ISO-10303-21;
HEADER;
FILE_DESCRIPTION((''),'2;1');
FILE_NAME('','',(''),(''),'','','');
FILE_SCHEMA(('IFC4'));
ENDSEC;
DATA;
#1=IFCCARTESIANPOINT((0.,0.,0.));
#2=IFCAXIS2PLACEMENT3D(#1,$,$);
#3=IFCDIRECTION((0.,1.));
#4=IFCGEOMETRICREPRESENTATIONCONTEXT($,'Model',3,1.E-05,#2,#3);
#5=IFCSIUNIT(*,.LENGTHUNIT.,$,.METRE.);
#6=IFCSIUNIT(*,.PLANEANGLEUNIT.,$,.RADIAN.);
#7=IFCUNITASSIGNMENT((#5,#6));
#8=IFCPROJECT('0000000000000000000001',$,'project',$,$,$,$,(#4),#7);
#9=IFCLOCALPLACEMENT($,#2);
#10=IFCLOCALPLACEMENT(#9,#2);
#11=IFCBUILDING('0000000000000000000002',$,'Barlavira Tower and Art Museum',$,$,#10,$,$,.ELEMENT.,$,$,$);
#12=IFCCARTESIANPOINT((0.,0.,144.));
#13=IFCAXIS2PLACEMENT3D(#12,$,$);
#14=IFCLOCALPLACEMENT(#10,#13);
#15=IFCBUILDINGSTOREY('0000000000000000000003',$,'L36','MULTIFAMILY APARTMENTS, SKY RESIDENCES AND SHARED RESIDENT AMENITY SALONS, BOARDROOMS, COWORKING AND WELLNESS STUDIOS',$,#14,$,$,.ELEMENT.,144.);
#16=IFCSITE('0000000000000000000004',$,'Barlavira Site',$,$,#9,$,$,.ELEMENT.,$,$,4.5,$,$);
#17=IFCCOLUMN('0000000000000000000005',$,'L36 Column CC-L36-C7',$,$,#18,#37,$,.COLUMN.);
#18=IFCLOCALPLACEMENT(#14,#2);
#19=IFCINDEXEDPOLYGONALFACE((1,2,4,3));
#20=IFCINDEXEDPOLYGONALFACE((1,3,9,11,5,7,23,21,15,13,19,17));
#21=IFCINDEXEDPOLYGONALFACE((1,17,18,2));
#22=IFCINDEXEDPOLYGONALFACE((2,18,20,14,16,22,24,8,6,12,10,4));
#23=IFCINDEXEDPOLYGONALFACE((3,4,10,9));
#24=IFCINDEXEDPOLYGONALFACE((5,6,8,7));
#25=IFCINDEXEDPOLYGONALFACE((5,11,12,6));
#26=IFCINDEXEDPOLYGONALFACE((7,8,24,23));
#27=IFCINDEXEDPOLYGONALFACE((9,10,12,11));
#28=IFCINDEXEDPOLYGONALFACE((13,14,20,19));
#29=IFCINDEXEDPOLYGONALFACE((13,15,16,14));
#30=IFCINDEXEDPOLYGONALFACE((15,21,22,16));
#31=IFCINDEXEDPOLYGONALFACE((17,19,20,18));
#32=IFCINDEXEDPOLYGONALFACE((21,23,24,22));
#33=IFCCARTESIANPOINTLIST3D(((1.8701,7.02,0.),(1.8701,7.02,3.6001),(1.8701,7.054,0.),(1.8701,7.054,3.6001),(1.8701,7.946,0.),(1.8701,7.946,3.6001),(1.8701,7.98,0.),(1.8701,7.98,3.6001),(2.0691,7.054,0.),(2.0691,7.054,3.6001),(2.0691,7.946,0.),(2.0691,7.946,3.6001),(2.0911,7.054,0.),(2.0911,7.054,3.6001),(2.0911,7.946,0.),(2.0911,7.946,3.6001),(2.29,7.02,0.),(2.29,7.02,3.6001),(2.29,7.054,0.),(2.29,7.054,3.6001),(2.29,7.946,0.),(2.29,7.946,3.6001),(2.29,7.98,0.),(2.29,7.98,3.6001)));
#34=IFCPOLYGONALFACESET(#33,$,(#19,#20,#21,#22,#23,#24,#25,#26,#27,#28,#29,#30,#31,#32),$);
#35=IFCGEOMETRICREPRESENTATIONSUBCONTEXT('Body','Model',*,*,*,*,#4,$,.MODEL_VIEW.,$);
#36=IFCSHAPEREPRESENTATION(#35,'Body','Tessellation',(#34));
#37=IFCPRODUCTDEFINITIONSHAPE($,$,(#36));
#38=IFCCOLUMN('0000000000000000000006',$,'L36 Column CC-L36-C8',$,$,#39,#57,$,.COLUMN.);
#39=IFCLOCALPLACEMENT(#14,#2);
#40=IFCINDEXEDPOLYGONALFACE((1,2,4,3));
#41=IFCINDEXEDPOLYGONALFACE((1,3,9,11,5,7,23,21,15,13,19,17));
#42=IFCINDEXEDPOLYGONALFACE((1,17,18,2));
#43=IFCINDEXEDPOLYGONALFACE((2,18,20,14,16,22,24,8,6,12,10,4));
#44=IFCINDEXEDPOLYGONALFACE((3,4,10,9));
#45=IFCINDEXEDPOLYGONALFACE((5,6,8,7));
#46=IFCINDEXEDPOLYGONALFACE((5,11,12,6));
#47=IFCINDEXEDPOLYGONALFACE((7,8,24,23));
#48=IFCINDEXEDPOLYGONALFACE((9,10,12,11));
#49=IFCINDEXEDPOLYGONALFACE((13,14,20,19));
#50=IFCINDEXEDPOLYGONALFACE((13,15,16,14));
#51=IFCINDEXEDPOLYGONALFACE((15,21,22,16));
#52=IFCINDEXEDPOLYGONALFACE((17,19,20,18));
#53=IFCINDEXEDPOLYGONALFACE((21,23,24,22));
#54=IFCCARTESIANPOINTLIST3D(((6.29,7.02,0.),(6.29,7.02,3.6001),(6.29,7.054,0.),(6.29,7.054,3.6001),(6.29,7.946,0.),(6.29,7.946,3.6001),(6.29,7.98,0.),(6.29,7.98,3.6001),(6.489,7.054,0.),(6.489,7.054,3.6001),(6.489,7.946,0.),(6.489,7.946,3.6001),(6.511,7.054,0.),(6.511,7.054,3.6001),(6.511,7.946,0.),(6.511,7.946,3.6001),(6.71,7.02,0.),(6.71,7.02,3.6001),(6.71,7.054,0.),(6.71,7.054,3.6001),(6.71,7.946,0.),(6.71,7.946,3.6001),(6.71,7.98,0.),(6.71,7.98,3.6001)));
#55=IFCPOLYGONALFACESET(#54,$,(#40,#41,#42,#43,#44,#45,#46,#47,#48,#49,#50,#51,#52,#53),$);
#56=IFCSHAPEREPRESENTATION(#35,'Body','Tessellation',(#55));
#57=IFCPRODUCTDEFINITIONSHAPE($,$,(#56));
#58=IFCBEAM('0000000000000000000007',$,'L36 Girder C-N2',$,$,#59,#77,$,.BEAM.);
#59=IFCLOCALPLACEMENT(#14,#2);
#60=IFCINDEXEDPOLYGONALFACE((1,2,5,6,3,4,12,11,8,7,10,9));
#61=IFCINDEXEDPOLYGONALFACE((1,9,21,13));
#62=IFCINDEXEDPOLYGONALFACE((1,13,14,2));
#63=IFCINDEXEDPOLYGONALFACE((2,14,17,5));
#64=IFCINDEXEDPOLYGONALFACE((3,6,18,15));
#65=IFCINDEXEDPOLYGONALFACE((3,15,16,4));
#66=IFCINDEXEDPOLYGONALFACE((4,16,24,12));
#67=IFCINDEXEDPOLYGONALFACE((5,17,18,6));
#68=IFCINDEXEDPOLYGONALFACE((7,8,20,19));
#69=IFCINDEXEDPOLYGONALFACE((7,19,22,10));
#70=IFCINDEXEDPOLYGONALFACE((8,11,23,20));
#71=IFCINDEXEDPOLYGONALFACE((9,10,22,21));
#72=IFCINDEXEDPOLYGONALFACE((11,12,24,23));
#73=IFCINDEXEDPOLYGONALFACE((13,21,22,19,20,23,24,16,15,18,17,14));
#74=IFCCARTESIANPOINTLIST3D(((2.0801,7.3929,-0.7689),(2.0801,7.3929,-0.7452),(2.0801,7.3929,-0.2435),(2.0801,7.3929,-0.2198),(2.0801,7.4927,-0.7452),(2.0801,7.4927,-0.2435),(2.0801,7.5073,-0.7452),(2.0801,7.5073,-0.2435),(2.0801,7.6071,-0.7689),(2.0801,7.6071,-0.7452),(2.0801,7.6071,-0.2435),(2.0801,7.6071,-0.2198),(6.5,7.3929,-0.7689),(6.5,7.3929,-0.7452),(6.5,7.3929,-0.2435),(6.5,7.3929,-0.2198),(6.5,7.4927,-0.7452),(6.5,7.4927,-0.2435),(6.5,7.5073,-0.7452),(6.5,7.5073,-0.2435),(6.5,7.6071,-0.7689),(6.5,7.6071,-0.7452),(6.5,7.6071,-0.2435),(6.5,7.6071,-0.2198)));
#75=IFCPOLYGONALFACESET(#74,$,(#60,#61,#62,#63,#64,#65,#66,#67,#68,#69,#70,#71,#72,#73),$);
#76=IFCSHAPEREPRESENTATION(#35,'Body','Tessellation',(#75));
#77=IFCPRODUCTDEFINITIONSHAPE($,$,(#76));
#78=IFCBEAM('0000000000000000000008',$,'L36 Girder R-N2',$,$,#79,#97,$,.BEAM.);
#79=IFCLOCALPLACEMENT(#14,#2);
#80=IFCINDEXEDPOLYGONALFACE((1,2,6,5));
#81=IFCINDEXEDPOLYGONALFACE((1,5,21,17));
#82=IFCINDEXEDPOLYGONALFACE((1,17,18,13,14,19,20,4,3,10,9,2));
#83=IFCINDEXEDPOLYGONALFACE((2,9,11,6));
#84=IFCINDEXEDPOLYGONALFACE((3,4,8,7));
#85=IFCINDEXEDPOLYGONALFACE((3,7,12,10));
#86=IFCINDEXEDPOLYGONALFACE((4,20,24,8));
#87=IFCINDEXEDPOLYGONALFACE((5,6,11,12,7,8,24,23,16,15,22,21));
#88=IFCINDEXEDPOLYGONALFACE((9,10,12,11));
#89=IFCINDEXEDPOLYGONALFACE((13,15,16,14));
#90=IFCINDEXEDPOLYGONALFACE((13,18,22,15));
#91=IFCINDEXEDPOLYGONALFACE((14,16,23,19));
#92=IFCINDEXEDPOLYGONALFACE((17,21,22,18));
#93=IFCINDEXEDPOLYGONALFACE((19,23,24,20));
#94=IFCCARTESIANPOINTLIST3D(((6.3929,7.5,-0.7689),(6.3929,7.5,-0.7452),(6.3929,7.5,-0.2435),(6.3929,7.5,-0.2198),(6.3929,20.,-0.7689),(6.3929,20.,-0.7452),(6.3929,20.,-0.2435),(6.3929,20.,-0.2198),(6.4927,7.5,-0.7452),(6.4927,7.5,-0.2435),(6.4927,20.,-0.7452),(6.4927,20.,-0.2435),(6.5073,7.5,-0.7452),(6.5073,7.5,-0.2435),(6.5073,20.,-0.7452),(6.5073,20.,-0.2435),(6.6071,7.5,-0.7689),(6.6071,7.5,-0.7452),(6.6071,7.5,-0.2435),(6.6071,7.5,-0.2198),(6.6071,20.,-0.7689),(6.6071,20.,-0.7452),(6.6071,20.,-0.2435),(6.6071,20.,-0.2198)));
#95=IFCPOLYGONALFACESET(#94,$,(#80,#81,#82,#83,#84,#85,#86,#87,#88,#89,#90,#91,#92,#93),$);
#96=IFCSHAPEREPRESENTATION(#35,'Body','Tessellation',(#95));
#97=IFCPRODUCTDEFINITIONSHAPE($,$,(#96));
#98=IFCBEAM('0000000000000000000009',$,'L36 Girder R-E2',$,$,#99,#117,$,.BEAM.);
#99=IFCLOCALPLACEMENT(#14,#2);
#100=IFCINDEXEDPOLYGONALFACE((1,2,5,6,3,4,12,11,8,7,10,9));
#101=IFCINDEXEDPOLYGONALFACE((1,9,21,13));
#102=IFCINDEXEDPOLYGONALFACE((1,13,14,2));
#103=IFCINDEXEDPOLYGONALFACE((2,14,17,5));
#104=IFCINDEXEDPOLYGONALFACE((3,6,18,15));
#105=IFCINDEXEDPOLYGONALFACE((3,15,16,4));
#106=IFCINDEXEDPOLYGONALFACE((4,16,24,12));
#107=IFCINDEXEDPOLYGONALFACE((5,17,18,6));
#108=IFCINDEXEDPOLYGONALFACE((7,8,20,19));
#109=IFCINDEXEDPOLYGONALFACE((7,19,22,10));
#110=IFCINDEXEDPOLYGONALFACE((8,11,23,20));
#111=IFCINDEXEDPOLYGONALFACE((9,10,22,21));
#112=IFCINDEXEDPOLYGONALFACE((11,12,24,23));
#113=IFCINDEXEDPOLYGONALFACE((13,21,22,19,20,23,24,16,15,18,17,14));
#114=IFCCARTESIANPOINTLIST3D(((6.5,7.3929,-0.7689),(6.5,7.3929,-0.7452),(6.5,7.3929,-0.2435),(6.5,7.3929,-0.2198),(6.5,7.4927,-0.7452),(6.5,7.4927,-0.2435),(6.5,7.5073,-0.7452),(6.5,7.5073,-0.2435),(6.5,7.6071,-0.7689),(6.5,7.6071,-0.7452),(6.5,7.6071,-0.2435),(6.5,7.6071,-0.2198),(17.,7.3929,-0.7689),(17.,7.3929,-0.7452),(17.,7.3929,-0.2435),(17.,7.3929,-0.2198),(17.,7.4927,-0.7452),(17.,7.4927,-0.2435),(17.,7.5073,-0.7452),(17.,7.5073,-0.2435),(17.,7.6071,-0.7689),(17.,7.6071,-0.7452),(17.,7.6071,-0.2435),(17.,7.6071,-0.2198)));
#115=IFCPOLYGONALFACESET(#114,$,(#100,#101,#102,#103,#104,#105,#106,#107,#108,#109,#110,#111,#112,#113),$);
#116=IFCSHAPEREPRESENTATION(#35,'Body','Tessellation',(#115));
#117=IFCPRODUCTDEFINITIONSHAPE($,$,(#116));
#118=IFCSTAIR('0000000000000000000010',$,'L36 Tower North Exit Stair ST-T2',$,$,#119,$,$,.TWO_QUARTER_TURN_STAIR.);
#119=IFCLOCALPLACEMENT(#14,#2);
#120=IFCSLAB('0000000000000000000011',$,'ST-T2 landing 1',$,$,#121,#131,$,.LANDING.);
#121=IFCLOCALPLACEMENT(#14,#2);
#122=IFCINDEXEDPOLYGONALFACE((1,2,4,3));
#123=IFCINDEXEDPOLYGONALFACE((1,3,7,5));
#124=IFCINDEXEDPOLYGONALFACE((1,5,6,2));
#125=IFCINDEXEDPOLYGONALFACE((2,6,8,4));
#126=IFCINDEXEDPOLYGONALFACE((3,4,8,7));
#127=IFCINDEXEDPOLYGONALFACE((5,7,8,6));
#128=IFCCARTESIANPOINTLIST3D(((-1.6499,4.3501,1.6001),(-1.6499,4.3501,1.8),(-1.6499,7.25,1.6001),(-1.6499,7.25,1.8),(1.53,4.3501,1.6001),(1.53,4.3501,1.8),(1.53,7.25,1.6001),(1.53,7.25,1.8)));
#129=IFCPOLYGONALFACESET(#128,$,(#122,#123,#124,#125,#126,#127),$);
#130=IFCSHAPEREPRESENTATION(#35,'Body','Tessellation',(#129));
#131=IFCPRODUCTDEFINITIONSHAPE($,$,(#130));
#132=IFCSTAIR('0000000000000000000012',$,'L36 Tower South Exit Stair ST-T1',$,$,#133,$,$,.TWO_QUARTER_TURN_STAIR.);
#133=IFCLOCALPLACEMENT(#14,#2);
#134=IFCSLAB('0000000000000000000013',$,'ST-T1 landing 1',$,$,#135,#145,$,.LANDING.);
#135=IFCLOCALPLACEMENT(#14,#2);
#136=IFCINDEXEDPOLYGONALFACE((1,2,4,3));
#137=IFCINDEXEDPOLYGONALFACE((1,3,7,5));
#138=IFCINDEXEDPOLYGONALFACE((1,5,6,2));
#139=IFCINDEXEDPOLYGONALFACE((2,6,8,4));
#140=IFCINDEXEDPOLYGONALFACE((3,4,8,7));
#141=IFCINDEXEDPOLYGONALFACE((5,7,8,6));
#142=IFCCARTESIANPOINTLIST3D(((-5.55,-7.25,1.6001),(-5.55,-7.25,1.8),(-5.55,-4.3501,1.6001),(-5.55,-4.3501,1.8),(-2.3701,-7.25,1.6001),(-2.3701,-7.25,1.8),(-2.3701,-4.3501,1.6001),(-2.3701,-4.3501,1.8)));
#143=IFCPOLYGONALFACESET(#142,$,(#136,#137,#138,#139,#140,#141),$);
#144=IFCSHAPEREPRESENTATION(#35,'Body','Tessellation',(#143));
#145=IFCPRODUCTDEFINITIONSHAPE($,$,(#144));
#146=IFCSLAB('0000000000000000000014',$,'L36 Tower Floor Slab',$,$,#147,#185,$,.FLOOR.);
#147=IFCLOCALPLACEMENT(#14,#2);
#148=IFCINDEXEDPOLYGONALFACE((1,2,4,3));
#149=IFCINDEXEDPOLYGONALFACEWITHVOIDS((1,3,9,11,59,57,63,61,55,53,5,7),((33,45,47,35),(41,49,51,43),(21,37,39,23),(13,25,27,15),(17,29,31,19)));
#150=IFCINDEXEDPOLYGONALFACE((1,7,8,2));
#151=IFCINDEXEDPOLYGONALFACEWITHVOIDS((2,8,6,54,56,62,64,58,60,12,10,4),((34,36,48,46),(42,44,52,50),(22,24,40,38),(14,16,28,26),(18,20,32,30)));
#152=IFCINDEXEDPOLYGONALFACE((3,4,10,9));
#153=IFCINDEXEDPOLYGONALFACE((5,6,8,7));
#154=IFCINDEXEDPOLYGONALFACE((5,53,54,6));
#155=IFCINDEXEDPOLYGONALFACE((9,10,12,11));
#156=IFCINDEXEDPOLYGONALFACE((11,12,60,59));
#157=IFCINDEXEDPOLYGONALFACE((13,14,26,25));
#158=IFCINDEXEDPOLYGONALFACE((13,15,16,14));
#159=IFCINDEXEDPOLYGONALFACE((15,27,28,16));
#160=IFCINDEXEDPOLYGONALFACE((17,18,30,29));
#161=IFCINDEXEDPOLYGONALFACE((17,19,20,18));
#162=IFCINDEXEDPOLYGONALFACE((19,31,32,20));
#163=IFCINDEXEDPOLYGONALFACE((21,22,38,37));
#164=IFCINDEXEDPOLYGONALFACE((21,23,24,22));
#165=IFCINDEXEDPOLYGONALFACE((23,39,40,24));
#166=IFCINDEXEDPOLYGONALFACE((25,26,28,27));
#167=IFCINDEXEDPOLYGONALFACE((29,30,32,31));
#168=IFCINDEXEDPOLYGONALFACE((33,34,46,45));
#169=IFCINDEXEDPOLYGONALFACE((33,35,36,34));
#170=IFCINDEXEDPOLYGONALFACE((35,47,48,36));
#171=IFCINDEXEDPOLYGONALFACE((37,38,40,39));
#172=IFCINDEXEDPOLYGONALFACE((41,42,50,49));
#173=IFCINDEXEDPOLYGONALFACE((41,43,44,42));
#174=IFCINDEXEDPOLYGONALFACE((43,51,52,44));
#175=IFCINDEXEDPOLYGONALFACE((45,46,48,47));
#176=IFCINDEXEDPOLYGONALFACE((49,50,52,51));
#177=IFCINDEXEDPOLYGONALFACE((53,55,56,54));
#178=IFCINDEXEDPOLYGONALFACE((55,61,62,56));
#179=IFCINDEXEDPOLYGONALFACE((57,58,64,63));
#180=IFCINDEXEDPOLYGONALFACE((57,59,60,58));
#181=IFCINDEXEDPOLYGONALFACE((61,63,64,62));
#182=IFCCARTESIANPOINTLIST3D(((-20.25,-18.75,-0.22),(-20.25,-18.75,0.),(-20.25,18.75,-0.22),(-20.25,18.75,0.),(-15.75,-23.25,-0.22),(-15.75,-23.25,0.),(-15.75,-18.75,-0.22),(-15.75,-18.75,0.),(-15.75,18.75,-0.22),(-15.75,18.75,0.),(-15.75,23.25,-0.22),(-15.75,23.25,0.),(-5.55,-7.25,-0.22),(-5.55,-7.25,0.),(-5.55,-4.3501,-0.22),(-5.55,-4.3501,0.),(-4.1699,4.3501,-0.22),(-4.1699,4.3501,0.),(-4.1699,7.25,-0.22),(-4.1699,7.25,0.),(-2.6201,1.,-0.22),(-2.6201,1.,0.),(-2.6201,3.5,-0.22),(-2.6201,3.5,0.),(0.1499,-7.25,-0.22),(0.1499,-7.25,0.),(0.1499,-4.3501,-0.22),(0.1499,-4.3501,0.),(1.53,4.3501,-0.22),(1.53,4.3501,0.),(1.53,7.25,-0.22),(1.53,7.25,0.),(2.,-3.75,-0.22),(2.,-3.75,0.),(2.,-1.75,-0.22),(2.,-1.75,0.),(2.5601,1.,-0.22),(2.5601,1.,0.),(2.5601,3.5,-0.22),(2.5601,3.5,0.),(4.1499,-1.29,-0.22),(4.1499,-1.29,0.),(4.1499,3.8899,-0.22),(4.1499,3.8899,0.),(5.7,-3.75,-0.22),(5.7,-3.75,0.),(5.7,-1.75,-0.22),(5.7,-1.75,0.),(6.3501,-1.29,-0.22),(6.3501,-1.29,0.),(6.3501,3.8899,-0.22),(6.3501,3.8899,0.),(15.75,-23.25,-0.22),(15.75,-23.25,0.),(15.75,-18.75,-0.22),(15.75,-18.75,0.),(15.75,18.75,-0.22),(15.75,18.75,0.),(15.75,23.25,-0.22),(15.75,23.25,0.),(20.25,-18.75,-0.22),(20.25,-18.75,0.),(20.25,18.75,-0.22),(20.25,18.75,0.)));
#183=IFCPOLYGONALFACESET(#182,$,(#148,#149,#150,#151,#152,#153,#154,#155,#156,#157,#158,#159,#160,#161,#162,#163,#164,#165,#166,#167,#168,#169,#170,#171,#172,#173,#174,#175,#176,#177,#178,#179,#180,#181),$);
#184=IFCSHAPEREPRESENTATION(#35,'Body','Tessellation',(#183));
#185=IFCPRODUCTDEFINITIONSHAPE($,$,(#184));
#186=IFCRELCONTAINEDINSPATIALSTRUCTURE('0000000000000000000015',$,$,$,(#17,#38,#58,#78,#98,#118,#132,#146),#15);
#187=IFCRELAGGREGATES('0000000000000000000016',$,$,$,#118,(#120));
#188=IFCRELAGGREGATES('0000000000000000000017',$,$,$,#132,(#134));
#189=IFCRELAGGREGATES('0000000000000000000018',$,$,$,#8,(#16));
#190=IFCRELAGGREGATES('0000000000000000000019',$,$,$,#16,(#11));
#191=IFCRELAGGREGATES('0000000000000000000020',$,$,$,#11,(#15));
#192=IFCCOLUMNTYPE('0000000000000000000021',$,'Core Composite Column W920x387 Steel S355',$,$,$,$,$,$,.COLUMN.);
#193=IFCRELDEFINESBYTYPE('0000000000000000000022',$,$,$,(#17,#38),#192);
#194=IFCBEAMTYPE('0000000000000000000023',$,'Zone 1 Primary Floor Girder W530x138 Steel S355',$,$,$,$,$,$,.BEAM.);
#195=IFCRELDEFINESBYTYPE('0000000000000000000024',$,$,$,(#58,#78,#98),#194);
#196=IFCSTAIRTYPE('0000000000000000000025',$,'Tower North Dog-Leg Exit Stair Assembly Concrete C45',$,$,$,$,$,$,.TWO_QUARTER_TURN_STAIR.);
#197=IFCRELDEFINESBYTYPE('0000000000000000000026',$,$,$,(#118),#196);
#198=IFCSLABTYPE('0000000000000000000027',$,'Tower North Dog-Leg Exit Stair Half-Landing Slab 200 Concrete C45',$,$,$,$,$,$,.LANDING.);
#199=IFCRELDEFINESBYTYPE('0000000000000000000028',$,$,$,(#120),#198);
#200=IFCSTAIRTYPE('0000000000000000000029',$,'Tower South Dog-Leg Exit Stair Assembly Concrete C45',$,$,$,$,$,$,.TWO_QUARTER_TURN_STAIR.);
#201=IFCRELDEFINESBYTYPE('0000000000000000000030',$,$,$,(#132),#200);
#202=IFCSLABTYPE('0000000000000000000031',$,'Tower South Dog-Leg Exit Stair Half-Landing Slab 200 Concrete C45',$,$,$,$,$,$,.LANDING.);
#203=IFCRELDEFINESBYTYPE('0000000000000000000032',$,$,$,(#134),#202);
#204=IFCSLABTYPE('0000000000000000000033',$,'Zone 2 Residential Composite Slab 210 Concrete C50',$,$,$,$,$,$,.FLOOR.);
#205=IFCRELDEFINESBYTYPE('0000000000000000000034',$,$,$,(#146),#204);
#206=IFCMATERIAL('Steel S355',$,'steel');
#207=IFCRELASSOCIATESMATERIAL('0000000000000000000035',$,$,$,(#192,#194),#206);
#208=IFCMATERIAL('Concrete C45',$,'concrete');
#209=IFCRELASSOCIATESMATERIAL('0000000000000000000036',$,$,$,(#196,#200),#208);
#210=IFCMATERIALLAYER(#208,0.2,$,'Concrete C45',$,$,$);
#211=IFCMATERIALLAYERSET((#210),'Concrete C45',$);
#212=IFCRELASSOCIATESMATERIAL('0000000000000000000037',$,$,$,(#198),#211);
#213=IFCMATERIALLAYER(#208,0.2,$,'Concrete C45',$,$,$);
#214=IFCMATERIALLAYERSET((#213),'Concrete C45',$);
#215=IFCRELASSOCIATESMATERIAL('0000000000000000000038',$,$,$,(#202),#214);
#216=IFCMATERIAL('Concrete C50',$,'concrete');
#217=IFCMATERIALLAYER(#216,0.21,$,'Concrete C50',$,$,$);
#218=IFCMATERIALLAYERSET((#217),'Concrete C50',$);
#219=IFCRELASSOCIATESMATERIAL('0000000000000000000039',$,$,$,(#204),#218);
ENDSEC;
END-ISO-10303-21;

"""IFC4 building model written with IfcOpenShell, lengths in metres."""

from ifc_helpers import new_model, si_unit, direction, frame, origin, origin_2d, place, context, subcontext, project, spatial, polyline, i_section, outline, extrude, material, layer, layer_set, material_profile, profile_set, type_object, element, aggregate, save


model = new_model("IFC4")

# Units and contexts
model_context = context("Model", 3, precision=1e-05, world=origin(), true_north=direction((0.0, 1.0)))
body_context = subcontext(model_context, "Body", "Model", "MODEL_VIEW")
ifc_project = project(units=[si_unit("LENGTHUNIT", "METRE"), si_unit("PLANEANGLEUNIT", "RADIAN")], contexts=[model_context])

# Site, building, storey
site_placement = place(None, origin())
site = spatial("IfcSite", under=ifc_project, at=site_placement, Name="Barlavira Site", CompositionType="ELEMENT", RefElevation=4.5)
building_placement = place(site_placement, origin())
building = spatial("IfcBuilding", under=site, at=building_placement, Name="Barlavira Tower and Art Museum", CompositionType="ELEMENT")
storey_placement = place(building_placement, frame((0.0, 0.0, 144.0)))
storey = spatial("IfcBuildingStorey", under=building, at=storey_placement, Name="L36", Description="MULTIFAMILY APARTMENTS, SKY RESIDENCES AND SHARED RESIDENT AMENITY SALONS, BOARDROOMS, COWORKING AND WELLNESS STUDIOS", CompositionType="ELEMENT", Elevation=144.0)

# Columns
ifc_material_1 = material(Name="Steel S355", Category="steel")
ifc_material_profile_1 = material_profile(ifc_material_1, i_section(OverallWidth=0.4199, OverallDepth=0.96, WebThickness=0.022, FlangeThickness=0.0339, at=origin_2d()), Name="W920x387.0")
ifc_profile_set_1 = profile_set([ifc_material_profile_1], Name="Steel S355")
column_type = type_object("IfcColumnType", Name="Core Composite Column W920x387 Steel S355", PredefinedType="COLUMN", material=ifc_profile_set_1)
for number, where, z_axis, x_axis, name in (
    (1, (2.0801, 7.5, 0.0), (0.0, 0.0, 1.0), (1.0, 0.0, 0.0), "L36 Column CC-L36-C7"),
    (2, (6.5, 7.5, 0.0), (0.0, 0.0, 1.0), (1.0, 0.0, 0.0), "L36 Column CC-L36-C8"),
):
    element("IfcColumn", number, at=place(storey_placement, frame(where, z_axis=z_axis, x_axis=x_axis)), inside=storey, type_object=column_type, Name=name, PredefinedType="COLUMN", context=body_context, shape_type="SweptSolid", body=[
        extrude(i_section(OverallWidth=0.4199, OverallDepth=0.96, WebThickness=0.022, FlangeThickness=0.0339, at=origin_2d()), origin(), (0.0, 0.0, 1.0), 3.6001),
    ])

# Beams
ifc_material_profile_2 = material_profile(ifc_material_1, i_section(OverallWidth=0.2141, OverallDepth=0.5491, WebThickness=0.0146, FlangeThickness=0.0237, at=origin_2d()), Name="W530x138.0")
ifc_profile_set_2 = profile_set([ifc_material_profile_2], Name="Steel S355")
beam_type = type_object("IfcBeamType", Name="Zone 1 Primary Floor Girder W530x138 Steel S355", PredefinedType="BEAM", material=ifc_profile_set_2)
beam_1_placement = place(storey_placement, frame((2.0801, 7.5, -0.4944), z_axis=(1.0, 0.0, 0.0), x_axis=(0.0, 1.0, 0.0)))
element("IfcBeam", 3, at=beam_1_placement, inside=storey, type_object=beam_type, Name="L36 Girder C-N2", PredefinedType="BEAM", context=body_context, shape_type="SweptSolid", body=[
    extrude(i_section(OverallWidth=0.2141, OverallDepth=0.5491, WebThickness=0.0146, FlangeThickness=0.0237, at=origin_2d()), origin(), (0.0, 0.0, 1.0), 4.4199),
])
beam_2_placement = place(storey_placement, frame((6.5, 7.5, -0.4944), z_axis=(0.0, 1.0, 0.0), x_axis=(-1.0, 0.0, 0.0)))
element("IfcBeam", 4, at=beam_2_placement, inside=storey, type_object=beam_type, Name="L36 Girder R-N2", PredefinedType="BEAM", context=body_context, shape_type="SweptSolid", body=[
    extrude(i_section(OverallWidth=0.2141, OverallDepth=0.5491, WebThickness=0.0146, FlangeThickness=0.0237, at=origin_2d()), origin(), (0.0, 0.0, 1.0), 12.5),
])
beam_3_placement = place(storey_placement, frame((6.5, 7.5, -0.4944), z_axis=(1.0, 0.0, 0.0), x_axis=(0.0, 1.0, 0.0)))
element("IfcBeam", 5, at=beam_3_placement, inside=storey, type_object=beam_type, Name="L36 Girder R-E2", PredefinedType="BEAM", context=body_context, shape_type="SweptSolid", body=[
    extrude(i_section(OverallWidth=0.2141, OverallDepth=0.5491, WebThickness=0.0146, FlangeThickness=0.0237, at=origin_2d()), origin(), (0.0, 0.0, 1.0), 10.5),
])

# Stairs, slabs
ifc_material_2 = material(Name="Concrete C45", Category="concrete")
stair_type_1 = type_object("IfcStairType", Name="Tower North Dog-Leg Exit Stair Assembly Concrete C45", PredefinedType="TWO_QUARTER_TURN_STAIR", material=ifc_material_2)
stair_1_placement = place(storey_placement, origin())
stair_1 = element("IfcStair", 6, at=stair_1_placement, inside=storey, type_object=stair_type_1, Name="L36 Tower North Exit Stair ST-T2", PredefinedType="TWO_QUARTER_TURN_STAIR")
ifc_layer_1 = layer(ifc_material_2, 0.2, Name="Concrete C45")
ifc_layer_set_1 = layer_set([ifc_layer_1], Name="Concrete C45")
slab_type_1 = type_object("IfcSlabType", Name="Tower North Dog-Leg Exit Stair Half-Landing Slab 200 Concrete C45", PredefinedType="LANDING", material=ifc_layer_set_1)
slab_1_placement = place(storey_placement, frame((0.0, 0.0, 1.6001)))
slab_1 = element("IfcSlab", 7, at=slab_1_placement, type_object=slab_type_1, Name="ST-T2 landing 1", PredefinedType="LANDING", context=body_context, shape_type="SweptSolid", body=[
    extrude(outline(polyline([(-1.6499, 4.3501), (1.53, 4.3501), (1.53, 7.25), (-1.6499, 7.25), (-1.6499, 4.3501)])), origin(), (0.0, 0.0, 1.0), 0.2),
])
aggregate(stair_1, [slab_1])
stair_type_2 = type_object("IfcStairType", Name="Tower South Dog-Leg Exit Stair Assembly Concrete C45", PredefinedType="TWO_QUARTER_TURN_STAIR", material=ifc_material_2)
stair_2_placement = place(storey_placement, origin())
stair_2 = element("IfcStair", 8, at=stair_2_placement, inside=storey, type_object=stair_type_2, Name="L36 Tower South Exit Stair ST-T1", PredefinedType="TWO_QUARTER_TURN_STAIR")
ifc_layer_2 = layer(ifc_material_2, 0.2, Name="Concrete C45")
ifc_layer_set_2 = layer_set([ifc_layer_2], Name="Concrete C45")
slab_type_2 = type_object("IfcSlabType", Name="Tower South Dog-Leg Exit Stair Half-Landing Slab 200 Concrete C45", PredefinedType="LANDING", material=ifc_layer_set_2)
slab_2_placement = place(storey_placement, frame((0.0, 0.0, 1.6001)))
slab_2 = element("IfcSlab", 9, at=slab_2_placement, type_object=slab_type_2, Name="ST-T1 landing 1", PredefinedType="LANDING", context=body_context, shape_type="SweptSolid", body=[
    extrude(outline(polyline([(-2.3701, -4.3501), (-5.55, -4.3501), (-5.55, -7.25), (-2.3701, -7.25), (-2.3701, -4.3501)])), origin(), (0.0, 0.0, 1.0), 0.2),
])
aggregate(stair_2, [slab_2])

# Slab
ifc_material_3 = material(Name="Concrete C50", Category="concrete")
ifc_layer_3 = layer(ifc_material_3, 0.21, Name="Concrete C50")
ifc_layer_set_3 = layer_set([ifc_layer_3], Name="Concrete C50")
slab_type_3 = type_object("IfcSlabType", Name="Zone 2 Residential Composite Slab 210 Concrete C50", PredefinedType="FLOOR", material=ifc_layer_set_3)
slab_3_placement = place(storey_placement, frame((0.0, 0.0, -0.22)))
element("IfcSlab", 10, at=slab_3_placement, inside=storey, type_object=slab_type_3, Name="L36 Tower Floor Slab", PredefinedType="FLOOR", context=body_context, shape_type="SweptSolid", body=[
    extrude(outline(polyline([(-15.75, -23.25), (15.75, -23.25), (15.75, -18.75), (20.25, -18.75), (20.25, 18.75), (15.75, 18.75), (15.75, 23.25), (-15.75, 23.25), (-15.75, 18.75), (-20.25, 18.75), (-20.25, -18.75), (-15.75, -18.75), (-15.75, -23.25)]), holes=[polyline([(0.1499, -4.3501), (-5.55, -4.3501), (-5.55, -7.25), (0.1499, -7.25), (0.1499, -4.3501)]), polyline([(-4.1699, 4.3501), (1.53, 4.3501), (1.53, 7.25), (-4.1699, 7.25), (-4.1699, 4.3501)]), polyline([(4.1499, -1.29), (6.3501, -1.29), (6.3501, 3.8899), (4.1499, 3.8899), (4.1499, -1.29)]), polyline([(-2.6201, 1.0), (2.5601, 1.0), (2.5601, 3.5), (-2.6201, 3.5), (-2.6201, 1.0)]), polyline([(2.0, -3.75), (5.7, -3.75), (5.7, -1.75), (2.0, -1.75), (2.0, -3.75)])]), origin(), (0.0, 0.0, 1.0), 0.22),
])

save(model, "model.ifc")
